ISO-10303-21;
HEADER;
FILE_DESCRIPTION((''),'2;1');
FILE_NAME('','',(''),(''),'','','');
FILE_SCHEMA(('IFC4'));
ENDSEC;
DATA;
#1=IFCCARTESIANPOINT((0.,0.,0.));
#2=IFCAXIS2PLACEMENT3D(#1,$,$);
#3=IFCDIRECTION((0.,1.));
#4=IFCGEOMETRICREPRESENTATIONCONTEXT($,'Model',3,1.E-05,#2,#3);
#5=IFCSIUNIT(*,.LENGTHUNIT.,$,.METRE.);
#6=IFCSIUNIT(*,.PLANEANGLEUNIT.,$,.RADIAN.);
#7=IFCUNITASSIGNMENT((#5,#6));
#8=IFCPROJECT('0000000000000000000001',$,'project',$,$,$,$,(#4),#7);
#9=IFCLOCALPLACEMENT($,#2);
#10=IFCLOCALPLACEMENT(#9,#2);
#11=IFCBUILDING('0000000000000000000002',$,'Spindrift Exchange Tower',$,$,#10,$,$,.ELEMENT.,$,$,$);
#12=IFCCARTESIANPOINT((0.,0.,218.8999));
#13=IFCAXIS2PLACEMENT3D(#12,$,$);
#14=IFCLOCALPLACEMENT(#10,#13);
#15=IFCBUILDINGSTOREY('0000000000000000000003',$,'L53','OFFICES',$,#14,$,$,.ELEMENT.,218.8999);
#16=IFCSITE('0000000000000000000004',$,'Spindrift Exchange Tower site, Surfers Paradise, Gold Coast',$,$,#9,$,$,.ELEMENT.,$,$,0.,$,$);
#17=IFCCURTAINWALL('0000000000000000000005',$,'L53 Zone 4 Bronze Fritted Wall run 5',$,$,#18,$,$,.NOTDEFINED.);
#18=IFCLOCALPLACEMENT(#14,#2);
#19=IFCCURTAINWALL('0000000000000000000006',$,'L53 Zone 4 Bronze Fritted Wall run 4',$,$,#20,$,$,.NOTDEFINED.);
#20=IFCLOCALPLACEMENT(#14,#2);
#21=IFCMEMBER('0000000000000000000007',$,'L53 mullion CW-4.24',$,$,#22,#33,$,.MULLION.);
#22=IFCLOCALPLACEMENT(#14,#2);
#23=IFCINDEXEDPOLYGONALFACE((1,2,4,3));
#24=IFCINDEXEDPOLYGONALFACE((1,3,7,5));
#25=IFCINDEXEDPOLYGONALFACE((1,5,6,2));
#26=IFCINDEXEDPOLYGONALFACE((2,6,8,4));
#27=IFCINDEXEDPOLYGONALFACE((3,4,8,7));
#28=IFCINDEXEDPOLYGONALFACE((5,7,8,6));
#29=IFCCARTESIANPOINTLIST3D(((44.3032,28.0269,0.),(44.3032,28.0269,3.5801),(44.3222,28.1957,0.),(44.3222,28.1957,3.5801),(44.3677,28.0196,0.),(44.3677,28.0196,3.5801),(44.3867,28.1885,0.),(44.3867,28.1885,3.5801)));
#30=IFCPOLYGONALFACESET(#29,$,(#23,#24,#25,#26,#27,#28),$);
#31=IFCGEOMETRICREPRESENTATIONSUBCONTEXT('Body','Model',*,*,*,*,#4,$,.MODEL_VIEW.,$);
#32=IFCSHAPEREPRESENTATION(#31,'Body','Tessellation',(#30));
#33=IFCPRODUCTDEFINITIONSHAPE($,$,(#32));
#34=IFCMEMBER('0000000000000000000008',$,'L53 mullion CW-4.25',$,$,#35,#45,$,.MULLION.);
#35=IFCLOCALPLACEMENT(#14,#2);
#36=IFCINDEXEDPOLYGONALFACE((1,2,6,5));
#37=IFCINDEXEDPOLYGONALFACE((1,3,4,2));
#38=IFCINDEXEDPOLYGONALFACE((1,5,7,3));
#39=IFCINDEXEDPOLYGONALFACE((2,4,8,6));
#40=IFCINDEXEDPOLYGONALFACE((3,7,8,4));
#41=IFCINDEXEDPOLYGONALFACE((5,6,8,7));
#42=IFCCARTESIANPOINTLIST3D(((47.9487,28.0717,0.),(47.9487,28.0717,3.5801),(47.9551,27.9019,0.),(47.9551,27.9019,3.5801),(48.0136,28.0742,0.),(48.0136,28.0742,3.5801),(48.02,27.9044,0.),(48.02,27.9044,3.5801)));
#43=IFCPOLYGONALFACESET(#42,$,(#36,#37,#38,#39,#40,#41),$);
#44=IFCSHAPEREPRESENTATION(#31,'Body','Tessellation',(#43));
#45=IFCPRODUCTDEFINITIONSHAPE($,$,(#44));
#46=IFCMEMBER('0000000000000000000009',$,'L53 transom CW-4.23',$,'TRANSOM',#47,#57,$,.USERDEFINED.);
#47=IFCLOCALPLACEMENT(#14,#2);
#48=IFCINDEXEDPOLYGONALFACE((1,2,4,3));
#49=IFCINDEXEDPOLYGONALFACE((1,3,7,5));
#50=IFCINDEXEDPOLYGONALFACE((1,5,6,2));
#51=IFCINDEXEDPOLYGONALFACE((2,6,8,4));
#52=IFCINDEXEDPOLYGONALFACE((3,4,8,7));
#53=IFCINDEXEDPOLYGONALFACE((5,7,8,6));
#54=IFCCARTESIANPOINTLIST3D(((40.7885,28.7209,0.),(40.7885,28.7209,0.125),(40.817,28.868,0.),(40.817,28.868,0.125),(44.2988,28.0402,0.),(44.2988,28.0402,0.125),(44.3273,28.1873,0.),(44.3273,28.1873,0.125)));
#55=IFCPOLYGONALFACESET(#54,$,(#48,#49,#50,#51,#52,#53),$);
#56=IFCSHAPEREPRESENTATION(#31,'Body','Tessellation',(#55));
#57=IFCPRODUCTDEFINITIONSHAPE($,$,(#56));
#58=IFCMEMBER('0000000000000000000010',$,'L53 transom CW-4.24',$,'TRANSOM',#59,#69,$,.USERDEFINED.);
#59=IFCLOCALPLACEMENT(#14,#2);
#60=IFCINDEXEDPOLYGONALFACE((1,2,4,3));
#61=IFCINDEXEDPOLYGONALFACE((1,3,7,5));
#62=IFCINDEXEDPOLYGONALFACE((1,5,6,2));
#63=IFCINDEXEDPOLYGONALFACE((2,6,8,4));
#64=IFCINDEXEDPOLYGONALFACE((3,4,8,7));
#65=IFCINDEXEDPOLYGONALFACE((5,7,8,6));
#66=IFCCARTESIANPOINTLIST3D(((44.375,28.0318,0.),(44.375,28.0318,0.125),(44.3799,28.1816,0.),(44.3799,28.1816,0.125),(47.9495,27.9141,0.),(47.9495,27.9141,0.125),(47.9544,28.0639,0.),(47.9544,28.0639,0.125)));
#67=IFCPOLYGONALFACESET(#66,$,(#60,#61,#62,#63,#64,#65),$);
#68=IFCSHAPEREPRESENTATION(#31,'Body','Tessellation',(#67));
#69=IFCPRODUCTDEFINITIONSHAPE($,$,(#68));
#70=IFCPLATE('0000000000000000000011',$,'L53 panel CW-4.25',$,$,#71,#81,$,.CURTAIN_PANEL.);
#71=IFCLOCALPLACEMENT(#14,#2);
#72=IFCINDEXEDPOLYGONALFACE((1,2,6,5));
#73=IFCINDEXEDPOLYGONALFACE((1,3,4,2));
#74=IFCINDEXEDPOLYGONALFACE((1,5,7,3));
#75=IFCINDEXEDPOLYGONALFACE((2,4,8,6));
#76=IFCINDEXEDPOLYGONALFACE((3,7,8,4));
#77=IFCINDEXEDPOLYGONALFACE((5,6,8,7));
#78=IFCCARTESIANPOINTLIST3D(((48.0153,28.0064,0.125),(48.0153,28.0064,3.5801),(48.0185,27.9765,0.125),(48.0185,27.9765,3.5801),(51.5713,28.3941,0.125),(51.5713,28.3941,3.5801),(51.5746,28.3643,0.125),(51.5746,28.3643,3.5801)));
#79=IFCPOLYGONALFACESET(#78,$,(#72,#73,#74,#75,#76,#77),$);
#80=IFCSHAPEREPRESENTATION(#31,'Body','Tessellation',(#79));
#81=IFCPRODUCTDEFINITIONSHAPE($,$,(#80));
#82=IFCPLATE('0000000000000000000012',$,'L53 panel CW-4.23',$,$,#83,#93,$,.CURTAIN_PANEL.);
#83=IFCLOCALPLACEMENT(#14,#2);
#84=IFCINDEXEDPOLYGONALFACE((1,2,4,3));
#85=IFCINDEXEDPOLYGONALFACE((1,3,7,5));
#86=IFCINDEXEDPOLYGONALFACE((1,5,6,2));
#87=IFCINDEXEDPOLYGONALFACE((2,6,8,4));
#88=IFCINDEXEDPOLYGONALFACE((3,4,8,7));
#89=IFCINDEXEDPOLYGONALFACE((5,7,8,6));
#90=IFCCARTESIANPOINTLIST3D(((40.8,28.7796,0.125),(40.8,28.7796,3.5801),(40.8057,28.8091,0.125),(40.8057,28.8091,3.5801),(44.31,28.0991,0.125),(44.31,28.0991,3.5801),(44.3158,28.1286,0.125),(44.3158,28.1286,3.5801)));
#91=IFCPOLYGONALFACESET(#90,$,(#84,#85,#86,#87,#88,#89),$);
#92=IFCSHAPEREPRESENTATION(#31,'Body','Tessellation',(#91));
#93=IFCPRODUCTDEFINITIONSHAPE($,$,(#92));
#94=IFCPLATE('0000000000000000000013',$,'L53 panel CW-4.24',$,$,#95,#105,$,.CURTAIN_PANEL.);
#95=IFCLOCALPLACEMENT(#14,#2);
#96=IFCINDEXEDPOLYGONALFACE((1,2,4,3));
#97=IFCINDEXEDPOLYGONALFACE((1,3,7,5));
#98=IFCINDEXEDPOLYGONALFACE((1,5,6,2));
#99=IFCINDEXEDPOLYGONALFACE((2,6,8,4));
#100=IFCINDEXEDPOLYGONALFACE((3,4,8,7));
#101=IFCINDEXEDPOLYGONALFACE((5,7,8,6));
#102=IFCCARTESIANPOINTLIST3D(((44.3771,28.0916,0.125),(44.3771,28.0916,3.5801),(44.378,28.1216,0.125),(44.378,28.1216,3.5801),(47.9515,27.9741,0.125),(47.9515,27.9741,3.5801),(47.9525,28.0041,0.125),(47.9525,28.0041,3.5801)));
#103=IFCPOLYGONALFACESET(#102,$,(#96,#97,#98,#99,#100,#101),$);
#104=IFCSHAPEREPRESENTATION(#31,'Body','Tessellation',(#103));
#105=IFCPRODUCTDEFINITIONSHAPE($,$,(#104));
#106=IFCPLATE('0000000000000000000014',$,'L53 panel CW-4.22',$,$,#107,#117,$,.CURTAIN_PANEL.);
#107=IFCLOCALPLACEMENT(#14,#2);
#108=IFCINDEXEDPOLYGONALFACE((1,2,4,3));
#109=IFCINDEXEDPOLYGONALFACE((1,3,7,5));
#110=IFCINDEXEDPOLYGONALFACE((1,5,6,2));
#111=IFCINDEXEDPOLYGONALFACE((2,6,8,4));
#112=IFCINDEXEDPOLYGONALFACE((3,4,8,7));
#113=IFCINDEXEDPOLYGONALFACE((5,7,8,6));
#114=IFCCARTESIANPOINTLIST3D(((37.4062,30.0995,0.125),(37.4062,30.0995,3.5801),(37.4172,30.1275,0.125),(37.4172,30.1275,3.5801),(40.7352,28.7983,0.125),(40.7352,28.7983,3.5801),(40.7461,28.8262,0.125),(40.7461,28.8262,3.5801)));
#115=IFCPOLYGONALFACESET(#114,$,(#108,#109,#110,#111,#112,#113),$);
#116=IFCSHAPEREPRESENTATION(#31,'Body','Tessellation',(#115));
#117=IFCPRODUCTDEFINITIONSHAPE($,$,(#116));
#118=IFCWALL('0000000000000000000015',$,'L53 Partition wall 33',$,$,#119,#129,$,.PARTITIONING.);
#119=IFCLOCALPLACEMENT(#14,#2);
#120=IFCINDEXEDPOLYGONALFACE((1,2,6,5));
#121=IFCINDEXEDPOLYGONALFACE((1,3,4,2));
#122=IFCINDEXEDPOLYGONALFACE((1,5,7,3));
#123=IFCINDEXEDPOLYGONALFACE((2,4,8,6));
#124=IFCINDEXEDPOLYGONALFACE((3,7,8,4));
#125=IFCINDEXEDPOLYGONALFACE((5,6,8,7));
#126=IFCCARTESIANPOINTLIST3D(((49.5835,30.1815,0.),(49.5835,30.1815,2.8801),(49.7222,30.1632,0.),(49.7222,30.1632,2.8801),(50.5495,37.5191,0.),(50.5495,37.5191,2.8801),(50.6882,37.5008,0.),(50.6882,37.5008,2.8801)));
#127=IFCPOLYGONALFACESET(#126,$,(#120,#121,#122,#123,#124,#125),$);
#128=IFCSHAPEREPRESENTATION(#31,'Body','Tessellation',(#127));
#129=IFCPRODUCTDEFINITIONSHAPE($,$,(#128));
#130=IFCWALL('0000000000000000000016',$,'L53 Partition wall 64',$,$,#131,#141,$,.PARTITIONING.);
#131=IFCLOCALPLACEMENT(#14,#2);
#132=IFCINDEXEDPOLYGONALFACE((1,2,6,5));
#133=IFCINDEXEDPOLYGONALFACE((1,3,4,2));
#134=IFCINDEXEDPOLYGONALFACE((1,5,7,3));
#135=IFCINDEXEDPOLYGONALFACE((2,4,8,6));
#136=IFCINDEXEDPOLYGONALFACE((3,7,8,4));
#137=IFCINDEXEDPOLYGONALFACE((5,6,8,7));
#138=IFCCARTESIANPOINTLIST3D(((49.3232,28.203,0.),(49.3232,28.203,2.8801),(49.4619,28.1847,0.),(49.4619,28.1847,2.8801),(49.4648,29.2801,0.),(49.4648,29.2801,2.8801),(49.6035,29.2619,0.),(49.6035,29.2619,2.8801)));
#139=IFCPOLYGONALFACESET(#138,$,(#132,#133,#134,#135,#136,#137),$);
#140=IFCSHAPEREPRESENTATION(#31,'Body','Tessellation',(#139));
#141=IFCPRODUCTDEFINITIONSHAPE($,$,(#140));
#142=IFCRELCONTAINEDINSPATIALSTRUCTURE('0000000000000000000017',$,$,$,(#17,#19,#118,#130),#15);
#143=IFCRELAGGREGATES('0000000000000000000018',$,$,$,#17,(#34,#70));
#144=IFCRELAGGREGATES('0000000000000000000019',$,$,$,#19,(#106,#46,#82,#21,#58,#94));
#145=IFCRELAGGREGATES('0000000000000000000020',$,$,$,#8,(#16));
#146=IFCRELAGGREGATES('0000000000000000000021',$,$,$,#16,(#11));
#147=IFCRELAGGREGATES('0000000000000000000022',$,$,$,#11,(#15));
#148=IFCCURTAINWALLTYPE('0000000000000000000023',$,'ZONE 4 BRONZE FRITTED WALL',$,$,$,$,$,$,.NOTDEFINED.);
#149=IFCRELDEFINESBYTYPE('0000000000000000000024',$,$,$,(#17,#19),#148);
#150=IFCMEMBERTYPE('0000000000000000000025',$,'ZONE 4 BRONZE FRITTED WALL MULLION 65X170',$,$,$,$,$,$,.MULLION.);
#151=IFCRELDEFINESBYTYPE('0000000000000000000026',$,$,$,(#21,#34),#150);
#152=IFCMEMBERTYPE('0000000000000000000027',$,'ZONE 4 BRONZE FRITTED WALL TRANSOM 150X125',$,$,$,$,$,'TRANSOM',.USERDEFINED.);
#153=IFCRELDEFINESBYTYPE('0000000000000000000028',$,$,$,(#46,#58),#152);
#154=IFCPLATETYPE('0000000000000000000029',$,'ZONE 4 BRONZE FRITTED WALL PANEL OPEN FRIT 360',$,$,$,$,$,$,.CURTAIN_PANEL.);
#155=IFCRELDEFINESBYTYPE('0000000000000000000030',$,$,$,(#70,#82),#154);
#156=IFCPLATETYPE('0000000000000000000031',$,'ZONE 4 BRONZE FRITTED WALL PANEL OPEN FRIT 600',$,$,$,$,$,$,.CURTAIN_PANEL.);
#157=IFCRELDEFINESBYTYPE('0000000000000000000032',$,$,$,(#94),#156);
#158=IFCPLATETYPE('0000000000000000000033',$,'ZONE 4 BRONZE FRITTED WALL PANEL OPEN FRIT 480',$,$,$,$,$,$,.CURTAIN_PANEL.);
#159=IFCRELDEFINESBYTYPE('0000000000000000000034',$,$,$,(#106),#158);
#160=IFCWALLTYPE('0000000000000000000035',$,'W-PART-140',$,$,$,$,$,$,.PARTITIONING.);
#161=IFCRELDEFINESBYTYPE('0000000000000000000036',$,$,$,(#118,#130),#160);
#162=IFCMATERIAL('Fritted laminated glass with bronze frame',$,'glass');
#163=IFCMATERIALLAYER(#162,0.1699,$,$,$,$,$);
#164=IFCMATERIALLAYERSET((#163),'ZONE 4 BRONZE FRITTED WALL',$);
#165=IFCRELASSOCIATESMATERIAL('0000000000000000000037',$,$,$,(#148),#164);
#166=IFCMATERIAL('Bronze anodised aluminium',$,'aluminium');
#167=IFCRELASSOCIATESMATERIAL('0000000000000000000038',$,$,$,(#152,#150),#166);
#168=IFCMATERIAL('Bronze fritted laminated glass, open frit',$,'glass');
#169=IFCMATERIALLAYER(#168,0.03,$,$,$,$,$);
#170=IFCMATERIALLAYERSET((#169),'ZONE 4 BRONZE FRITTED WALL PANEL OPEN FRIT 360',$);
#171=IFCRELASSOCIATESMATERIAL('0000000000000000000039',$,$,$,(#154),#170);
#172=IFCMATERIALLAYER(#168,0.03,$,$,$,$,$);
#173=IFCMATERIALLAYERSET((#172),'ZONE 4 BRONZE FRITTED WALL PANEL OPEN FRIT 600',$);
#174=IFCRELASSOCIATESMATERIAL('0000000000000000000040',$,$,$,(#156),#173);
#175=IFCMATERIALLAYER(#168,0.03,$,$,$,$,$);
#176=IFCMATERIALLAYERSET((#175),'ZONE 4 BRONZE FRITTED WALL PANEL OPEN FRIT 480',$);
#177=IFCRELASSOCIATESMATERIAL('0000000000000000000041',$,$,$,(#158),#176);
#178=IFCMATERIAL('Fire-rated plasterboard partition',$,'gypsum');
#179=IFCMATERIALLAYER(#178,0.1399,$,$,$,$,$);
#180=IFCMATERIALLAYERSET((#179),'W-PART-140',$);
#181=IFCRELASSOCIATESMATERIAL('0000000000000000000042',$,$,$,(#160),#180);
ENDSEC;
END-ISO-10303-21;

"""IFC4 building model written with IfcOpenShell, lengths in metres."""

from ifc_helpers import new_model, si_unit, direction, frame, frame_2d, origin, origin_2d, place, context, subcontext, project, spatial, rectangle, extrude, source, transform, mapped, material, layer, layer_set, material_profile, profile_set, type_object, element, aggregate, save


model = new_model("IFC4")

# Units and contexts
model_context = context("Model", 3, precision=1e-05, world=origin(), true_north=direction((0.0, 1.0)))
body_context = subcontext(model_context, "Body", "Model", "MODEL_VIEW")
ifc_project = project(units=[si_unit("LENGTHUNIT", "METRE"), si_unit("PLANEANGLEUNIT", "RADIAN")], contexts=[model_context])

# Site, building, storey
site_placement = place(None, origin())
site = spatial("IfcSite", under=ifc_project, at=site_placement, Name="Spindrift Exchange Tower site, Surfers Paradise, Gold Coast", CompositionType="ELEMENT", RefElevation=0.0)
building_placement = place(site_placement, origin())
building = spatial("IfcBuilding", under=site, at=building_placement, Name="Spindrift Exchange Tower", CompositionType="ELEMENT")
storey_placement = place(building_placement, frame((0.0, 0.0, 218.8999)))
storey = spatial("IfcBuildingStorey", under=building, at=storey_placement, Name="L53", Description="OFFICES", CompositionType="ELEMENT", Elevation=218.8999)

# Curtain wall
ifc_material_1 = material(Name="Fritted laminated glass with bronze frame", Category="glass")
ifc_layer_1 = layer(ifc_material_1, 0.1699)
ifc_layer_set_1 = layer_set([ifc_layer_1], Name="ZONE 4 BRONZE FRITTED WALL")
curtain_wall_type = type_object("IfcCurtainWallType", Name="ZONE 4 BRONZE FRITTED WALL", PredefinedType="NOTDEFINED", material=ifc_layer_set_1)
curtain_wall_1_placement = place(storey_placement, origin())
curtain_wall_1 = element("IfcCurtainWall", 1, at=curtain_wall_1_placement, inside=storey, type_object=curtain_wall_type, Name="L53 Zone 4 Bronze Fritted Wall run 5", PredefinedType="NOTDEFINED")
ifc_material_2 = material(Name="Bronze anodised aluminium", Category="aluminium")
ifc_material_profile_1 = material_profile(ifc_material_2, rectangle(XDim=0.1499, YDim=0.125, at=origin_2d()), Name="ZONE 4 BRONZE FRITTED WALL TRANSOM 150X125")
ifc_profile_set_1 = profile_set([ifc_material_profile_1], Name="Bronze anodised aluminium")
member_type_1 = type_object("IfcMemberType", Name="ZONE 4 BRONZE FRITTED WALL TRANSOM 150X125", ElementType="TRANSOM", PredefinedType="USERDEFINED", material=ifc_profile_set_1)

# Curtain wall, member
curtain_wall_2_placement = place(storey_placement, origin())
curtain_wall_2 = element("IfcCurtainWall", 2, at=curtain_wall_2_placement, inside=storey, type_object=curtain_wall_type, Name="L53 Zone 4 Bronze Fritted Wall run 4", PredefinedType="NOTDEFINED")
ifc_material_profile_2 = material_profile(ifc_material_2, rectangle(XDim=0.0649, YDim=0.1699, at=origin_2d()), Name="ZONE 4 BRONZE FRITTED WALL MULLION 65X170")
ifc_profile_set_2 = profile_set([ifc_material_profile_2], Name="Bronze anodised aluminium")
member_type_2 = type_object("IfcMemberType", Name="ZONE 4 BRONZE FRITTED WALL MULLION 65X170", PredefinedType="MULLION", material=ifc_profile_set_2)
shared_shape_1 = source(origin(), body_context, "Body", "SweptSolid", [
    extrude(rectangle(XDim=0.0649, YDim=0.1699, at=origin_2d()), origin(), (0.0, 0.0, 1.0), 3.5801),
])
member_1_placement = place(storey_placement, frame((44.345, 28.1077, 0.0), z_axis=(0.0, 0.0, 1.0), x_axis=(0.993714, -0.111952, 0.0)))
member_1 = element("IfcMember", 3, at=member_1_placement, type_object=member_type_2, Name="L53 mullion CW-4.24", PredefinedType="MULLION", context=body_context, shape_type="MappedRepresentation", body=[
    mapped(shared_shape_1, transform((0.0, 0.0, 0.0), scale=1.0)),
])

# Members
member_2_placement = place(storey_placement, frame((47.9844, 27.988, 0.0), z_axis=(0.0, 0.0, 1.0), x_axis=(0.999283, 0.037858, 0.0)))
member_2 = element("IfcMember", 4, at=member_2_placement, type_object=member_type_2, Name="L53 mullion CW-4.25", PredefinedType="MULLION", context=body_context, shape_type="MappedRepresentation", body=[
    mapped(shared_shape_1, transform((0.0, 0.0, 0.0), scale=1.0)),
])
shared_shape_2 = source(origin(), body_context, "Body", "SweptSolid", [
    extrude(rectangle(XDim=0.1499, YDim=0.125, at=origin_2d()), origin(), (0.0, 0.0, 1.0), 3.5757),
])
member_3_placement = place(storey_placement, frame((40.8027, 28.7944, 0.0625), z_axis=(0.981714, -0.190362, 0.0), x_axis=(0.190362, 0.981714, 0.0)))
member_3 = element("IfcMember", 5, at=member_3_placement, type_object=member_type_1, Name="L53 transom CW-4.23", ObjectType="TRANSOM", PredefinedType="USERDEFINED", context=body_context, shape_type="MappedRepresentation", body=[
    mapped(shared_shape_2, transform((0.0, 0.0, 0.0), scale=1.0)),
])
shared_shape_3 = source(origin(), body_context, "Body", "SweptSolid", [
    extrude(rectangle(XDim=0.1499, YDim=0.125, at=origin_2d()), origin(), (0.0, 0.0, 1.0), 3.5764),
])
member_4_placement = place(storey_placement, frame((44.3774, 28.1067, 0.0625), z_axis=(0.999459, -0.032903, 0.0), x_axis=(0.032903, 0.999459, 0.0)))
member_4 = element("IfcMember", 6, at=member_4_placement, type_object=member_type_1, Name="L53 transom CW-4.24", ObjectType="TRANSOM", PredefinedType="USERDEFINED", context=body_context, shape_type="MappedRepresentation", body=[
    mapped(shared_shape_3, transform((0.0, 0.0, 0.0), scale=1.0)),
])

# Plates
ifc_material_3 = material(Name="Bronze fritted laminated glass, open frit", Category="glass")
ifc_layer_2 = layer(ifc_material_3, 0.03)
ifc_layer_set_2 = layer_set([ifc_layer_2], Name="ZONE 4 BRONZE FRITTED WALL PANEL OPEN FRIT 360")
plate_type_1 = type_object("IfcPlateType", Name="ZONE 4 BRONZE FRITTED WALL PANEL OPEN FRIT 360", PredefinedType="CURTAIN_PANEL", material=ifc_layer_set_2)
shared_shape_4 = source(origin(), body_context, "Body", "SweptSolid", [
    extrude(rectangle(XDim=3.5771, YDim=0.03, at=origin_2d()), origin(), (0.0, 0.0, 1.0), 3.4551),
])
plate_1_placement = place(storey_placement, frame((49.7949, 28.1853, 0.125), z_axis=(0.0, 0.0, 1.0), x_axis=(0.994108, 0.108397, 0.0)))
plate_1 = element("IfcPlate", 7, at=plate_1_placement, type_object=plate_type_1, Name="L53 panel CW-4.25", PredefinedType="CURTAIN_PANEL", context=body_context, shape_type="MappedRepresentation", body=[
    mapped(shared_shape_4, transform((0.0, 0.0, 0.0), scale=1.0)),
])
aggregate(curtain_wall_1, [member_2, plate_1])
shared_shape_5 = source(origin(), body_context, "Body", "SweptSolid", [
    extrude(rectangle(XDim=3.5754, YDim=0.03, at=origin_2d()), origin(), (0.0, 0.0, 1.0), 3.4551),
])
plate_2_placement = place(storey_placement, frame((42.5579, 28.4541, 0.125), z_axis=(0.0, 0.0, 1.0), x_axis=(0.98172, -0.190329, 0.0)))
plate_2 = element("IfcPlate", 8, at=plate_2_placement, type_object=plate_type_1, Name="L53 panel CW-4.23", PredefinedType="CURTAIN_PANEL", context=body_context, shape_type="MappedRepresentation", body=[
    mapped(shared_shape_5, transform((0.0, 0.0, 0.0), scale=1.0)),
])
ifc_layer_3 = layer(ifc_material_3, 0.03)
ifc_layer_set_3 = layer_set([ifc_layer_3], Name="ZONE 4 BRONZE FRITTED WALL PANEL OPEN FRIT 600")
plate_type_2 = type_object("IfcPlateType", Name="ZONE 4 BRONZE FRITTED WALL PANEL OPEN FRIT 600", PredefinedType="CURTAIN_PANEL", material=ifc_layer_set_3)
shared_shape_6 = source(origin(), body_context, "Body", "SweptSolid", [
    extrude(rectangle(XDim=3.5764, YDim=0.03, at=origin_2d()), origin(), (0.0, 0.0, 1.0), 3.4551),
])
plate_3_placement = place(storey_placement, frame((46.1648, 28.0479, 0.125), z_axis=(0.0, 0.0, 1.0), x_axis=(0.99946, -0.032871, 0.0)))
plate_3 = element("IfcPlate", 9, at=plate_3_placement, type_object=plate_type_2, Name="L53 panel CW-4.24", PredefinedType="CURTAIN_PANEL", context=body_context, shape_type="MappedRepresentation", body=[
    mapped(shared_shape_6, transform((0.0, 0.0, 0.0), scale=1.0)),
])
ifc_layer_4 = layer(ifc_material_3, 0.03)
ifc_layer_set_4 = layer_set([ifc_layer_4], Name="ZONE 4 BRONZE FRITTED WALL PANEL OPEN FRIT 480")
plate_type_3 = type_object("IfcPlateType", Name="ZONE 4 BRONZE FRITTED WALL PANEL OPEN FRIT 480", PredefinedType="CURTAIN_PANEL", material=ifc_layer_set_4)
shared_shape_7 = source(origin(), body_context, "Body", "SweptSolid", [
    extrude(rectangle(XDim=3.5742, YDim=0.03, at=origin_2d()), origin(), (0.0, 0.0, 1.0), 3.4551),
])
plate_4_placement = place(storey_placement, frame((39.0762, 29.4629, 0.125), z_axis=(0.0, 0.0, 1.0), x_axis=(0.931372, -0.364069, 0.0)))
plate_4 = element("IfcPlate", 10, at=plate_4_placement, type_object=plate_type_3, Name="L53 panel CW-4.22", PredefinedType="CURTAIN_PANEL", context=body_context, shape_type="MappedRepresentation", body=[
    mapped(shared_shape_7, transform((0.0, 0.0, 0.0), scale=1.0)),
])
aggregate(curtain_wall_2, [plate_4, member_3, plate_2, member_1, member_4, plate_3])

# Walls
ifc_material_4 = material(Name="Fire-rated plasterboard partition", Category="gypsum")
ifc_layer_5 = layer(ifc_material_4, 0.1399)
ifc_layer_set_5 = layer_set([ifc_layer_5], Name="W-PART-140")
wall_type = type_object("IfcWallType", Name="W-PART-140", PredefinedType="PARTITIONING", material=ifc_layer_set_5)
wall_1_placement = place(storey_placement, frame((49.6528, 30.1724, 0.0), z_axis=(0.0, 0.0, 1.0), x_axis=(0.130532, 0.991444, 0.0)))
element("IfcWall", 11, at=wall_1_placement, inside=storey, type_object=wall_type, Name="L53 Partition wall 33", PredefinedType="PARTITIONING", context=body_context, shape_type="SweptSolid", body=[
    extrude(rectangle(XDim=7.4009, YDim=0.1399, at=frame_2d((3.7004, 0.0))), origin(), (0.0, 0.0, 1.0), 2.8801),
])
wall_2_placement = place(storey_placement, frame((49.3926, 28.1938, 0.0), z_axis=(0.0, 0.0, 1.0), x_axis=(0.130338, 0.99147, 0.0)))
element("IfcWall", 12, at=wall_2_placement, inside=storey, type_object=wall_type, Name="L53 Partition wall 64", PredefinedType="PARTITIONING", context=body_context, shape_type="SweptSolid", body=[
    extrude(rectangle(XDim=1.0864, YDim=0.1399, at=frame_2d((0.5432, 0.0))), origin(), (0.0, 0.0, 1.0), 2.8801),
])

save(model, "model.ifc")
